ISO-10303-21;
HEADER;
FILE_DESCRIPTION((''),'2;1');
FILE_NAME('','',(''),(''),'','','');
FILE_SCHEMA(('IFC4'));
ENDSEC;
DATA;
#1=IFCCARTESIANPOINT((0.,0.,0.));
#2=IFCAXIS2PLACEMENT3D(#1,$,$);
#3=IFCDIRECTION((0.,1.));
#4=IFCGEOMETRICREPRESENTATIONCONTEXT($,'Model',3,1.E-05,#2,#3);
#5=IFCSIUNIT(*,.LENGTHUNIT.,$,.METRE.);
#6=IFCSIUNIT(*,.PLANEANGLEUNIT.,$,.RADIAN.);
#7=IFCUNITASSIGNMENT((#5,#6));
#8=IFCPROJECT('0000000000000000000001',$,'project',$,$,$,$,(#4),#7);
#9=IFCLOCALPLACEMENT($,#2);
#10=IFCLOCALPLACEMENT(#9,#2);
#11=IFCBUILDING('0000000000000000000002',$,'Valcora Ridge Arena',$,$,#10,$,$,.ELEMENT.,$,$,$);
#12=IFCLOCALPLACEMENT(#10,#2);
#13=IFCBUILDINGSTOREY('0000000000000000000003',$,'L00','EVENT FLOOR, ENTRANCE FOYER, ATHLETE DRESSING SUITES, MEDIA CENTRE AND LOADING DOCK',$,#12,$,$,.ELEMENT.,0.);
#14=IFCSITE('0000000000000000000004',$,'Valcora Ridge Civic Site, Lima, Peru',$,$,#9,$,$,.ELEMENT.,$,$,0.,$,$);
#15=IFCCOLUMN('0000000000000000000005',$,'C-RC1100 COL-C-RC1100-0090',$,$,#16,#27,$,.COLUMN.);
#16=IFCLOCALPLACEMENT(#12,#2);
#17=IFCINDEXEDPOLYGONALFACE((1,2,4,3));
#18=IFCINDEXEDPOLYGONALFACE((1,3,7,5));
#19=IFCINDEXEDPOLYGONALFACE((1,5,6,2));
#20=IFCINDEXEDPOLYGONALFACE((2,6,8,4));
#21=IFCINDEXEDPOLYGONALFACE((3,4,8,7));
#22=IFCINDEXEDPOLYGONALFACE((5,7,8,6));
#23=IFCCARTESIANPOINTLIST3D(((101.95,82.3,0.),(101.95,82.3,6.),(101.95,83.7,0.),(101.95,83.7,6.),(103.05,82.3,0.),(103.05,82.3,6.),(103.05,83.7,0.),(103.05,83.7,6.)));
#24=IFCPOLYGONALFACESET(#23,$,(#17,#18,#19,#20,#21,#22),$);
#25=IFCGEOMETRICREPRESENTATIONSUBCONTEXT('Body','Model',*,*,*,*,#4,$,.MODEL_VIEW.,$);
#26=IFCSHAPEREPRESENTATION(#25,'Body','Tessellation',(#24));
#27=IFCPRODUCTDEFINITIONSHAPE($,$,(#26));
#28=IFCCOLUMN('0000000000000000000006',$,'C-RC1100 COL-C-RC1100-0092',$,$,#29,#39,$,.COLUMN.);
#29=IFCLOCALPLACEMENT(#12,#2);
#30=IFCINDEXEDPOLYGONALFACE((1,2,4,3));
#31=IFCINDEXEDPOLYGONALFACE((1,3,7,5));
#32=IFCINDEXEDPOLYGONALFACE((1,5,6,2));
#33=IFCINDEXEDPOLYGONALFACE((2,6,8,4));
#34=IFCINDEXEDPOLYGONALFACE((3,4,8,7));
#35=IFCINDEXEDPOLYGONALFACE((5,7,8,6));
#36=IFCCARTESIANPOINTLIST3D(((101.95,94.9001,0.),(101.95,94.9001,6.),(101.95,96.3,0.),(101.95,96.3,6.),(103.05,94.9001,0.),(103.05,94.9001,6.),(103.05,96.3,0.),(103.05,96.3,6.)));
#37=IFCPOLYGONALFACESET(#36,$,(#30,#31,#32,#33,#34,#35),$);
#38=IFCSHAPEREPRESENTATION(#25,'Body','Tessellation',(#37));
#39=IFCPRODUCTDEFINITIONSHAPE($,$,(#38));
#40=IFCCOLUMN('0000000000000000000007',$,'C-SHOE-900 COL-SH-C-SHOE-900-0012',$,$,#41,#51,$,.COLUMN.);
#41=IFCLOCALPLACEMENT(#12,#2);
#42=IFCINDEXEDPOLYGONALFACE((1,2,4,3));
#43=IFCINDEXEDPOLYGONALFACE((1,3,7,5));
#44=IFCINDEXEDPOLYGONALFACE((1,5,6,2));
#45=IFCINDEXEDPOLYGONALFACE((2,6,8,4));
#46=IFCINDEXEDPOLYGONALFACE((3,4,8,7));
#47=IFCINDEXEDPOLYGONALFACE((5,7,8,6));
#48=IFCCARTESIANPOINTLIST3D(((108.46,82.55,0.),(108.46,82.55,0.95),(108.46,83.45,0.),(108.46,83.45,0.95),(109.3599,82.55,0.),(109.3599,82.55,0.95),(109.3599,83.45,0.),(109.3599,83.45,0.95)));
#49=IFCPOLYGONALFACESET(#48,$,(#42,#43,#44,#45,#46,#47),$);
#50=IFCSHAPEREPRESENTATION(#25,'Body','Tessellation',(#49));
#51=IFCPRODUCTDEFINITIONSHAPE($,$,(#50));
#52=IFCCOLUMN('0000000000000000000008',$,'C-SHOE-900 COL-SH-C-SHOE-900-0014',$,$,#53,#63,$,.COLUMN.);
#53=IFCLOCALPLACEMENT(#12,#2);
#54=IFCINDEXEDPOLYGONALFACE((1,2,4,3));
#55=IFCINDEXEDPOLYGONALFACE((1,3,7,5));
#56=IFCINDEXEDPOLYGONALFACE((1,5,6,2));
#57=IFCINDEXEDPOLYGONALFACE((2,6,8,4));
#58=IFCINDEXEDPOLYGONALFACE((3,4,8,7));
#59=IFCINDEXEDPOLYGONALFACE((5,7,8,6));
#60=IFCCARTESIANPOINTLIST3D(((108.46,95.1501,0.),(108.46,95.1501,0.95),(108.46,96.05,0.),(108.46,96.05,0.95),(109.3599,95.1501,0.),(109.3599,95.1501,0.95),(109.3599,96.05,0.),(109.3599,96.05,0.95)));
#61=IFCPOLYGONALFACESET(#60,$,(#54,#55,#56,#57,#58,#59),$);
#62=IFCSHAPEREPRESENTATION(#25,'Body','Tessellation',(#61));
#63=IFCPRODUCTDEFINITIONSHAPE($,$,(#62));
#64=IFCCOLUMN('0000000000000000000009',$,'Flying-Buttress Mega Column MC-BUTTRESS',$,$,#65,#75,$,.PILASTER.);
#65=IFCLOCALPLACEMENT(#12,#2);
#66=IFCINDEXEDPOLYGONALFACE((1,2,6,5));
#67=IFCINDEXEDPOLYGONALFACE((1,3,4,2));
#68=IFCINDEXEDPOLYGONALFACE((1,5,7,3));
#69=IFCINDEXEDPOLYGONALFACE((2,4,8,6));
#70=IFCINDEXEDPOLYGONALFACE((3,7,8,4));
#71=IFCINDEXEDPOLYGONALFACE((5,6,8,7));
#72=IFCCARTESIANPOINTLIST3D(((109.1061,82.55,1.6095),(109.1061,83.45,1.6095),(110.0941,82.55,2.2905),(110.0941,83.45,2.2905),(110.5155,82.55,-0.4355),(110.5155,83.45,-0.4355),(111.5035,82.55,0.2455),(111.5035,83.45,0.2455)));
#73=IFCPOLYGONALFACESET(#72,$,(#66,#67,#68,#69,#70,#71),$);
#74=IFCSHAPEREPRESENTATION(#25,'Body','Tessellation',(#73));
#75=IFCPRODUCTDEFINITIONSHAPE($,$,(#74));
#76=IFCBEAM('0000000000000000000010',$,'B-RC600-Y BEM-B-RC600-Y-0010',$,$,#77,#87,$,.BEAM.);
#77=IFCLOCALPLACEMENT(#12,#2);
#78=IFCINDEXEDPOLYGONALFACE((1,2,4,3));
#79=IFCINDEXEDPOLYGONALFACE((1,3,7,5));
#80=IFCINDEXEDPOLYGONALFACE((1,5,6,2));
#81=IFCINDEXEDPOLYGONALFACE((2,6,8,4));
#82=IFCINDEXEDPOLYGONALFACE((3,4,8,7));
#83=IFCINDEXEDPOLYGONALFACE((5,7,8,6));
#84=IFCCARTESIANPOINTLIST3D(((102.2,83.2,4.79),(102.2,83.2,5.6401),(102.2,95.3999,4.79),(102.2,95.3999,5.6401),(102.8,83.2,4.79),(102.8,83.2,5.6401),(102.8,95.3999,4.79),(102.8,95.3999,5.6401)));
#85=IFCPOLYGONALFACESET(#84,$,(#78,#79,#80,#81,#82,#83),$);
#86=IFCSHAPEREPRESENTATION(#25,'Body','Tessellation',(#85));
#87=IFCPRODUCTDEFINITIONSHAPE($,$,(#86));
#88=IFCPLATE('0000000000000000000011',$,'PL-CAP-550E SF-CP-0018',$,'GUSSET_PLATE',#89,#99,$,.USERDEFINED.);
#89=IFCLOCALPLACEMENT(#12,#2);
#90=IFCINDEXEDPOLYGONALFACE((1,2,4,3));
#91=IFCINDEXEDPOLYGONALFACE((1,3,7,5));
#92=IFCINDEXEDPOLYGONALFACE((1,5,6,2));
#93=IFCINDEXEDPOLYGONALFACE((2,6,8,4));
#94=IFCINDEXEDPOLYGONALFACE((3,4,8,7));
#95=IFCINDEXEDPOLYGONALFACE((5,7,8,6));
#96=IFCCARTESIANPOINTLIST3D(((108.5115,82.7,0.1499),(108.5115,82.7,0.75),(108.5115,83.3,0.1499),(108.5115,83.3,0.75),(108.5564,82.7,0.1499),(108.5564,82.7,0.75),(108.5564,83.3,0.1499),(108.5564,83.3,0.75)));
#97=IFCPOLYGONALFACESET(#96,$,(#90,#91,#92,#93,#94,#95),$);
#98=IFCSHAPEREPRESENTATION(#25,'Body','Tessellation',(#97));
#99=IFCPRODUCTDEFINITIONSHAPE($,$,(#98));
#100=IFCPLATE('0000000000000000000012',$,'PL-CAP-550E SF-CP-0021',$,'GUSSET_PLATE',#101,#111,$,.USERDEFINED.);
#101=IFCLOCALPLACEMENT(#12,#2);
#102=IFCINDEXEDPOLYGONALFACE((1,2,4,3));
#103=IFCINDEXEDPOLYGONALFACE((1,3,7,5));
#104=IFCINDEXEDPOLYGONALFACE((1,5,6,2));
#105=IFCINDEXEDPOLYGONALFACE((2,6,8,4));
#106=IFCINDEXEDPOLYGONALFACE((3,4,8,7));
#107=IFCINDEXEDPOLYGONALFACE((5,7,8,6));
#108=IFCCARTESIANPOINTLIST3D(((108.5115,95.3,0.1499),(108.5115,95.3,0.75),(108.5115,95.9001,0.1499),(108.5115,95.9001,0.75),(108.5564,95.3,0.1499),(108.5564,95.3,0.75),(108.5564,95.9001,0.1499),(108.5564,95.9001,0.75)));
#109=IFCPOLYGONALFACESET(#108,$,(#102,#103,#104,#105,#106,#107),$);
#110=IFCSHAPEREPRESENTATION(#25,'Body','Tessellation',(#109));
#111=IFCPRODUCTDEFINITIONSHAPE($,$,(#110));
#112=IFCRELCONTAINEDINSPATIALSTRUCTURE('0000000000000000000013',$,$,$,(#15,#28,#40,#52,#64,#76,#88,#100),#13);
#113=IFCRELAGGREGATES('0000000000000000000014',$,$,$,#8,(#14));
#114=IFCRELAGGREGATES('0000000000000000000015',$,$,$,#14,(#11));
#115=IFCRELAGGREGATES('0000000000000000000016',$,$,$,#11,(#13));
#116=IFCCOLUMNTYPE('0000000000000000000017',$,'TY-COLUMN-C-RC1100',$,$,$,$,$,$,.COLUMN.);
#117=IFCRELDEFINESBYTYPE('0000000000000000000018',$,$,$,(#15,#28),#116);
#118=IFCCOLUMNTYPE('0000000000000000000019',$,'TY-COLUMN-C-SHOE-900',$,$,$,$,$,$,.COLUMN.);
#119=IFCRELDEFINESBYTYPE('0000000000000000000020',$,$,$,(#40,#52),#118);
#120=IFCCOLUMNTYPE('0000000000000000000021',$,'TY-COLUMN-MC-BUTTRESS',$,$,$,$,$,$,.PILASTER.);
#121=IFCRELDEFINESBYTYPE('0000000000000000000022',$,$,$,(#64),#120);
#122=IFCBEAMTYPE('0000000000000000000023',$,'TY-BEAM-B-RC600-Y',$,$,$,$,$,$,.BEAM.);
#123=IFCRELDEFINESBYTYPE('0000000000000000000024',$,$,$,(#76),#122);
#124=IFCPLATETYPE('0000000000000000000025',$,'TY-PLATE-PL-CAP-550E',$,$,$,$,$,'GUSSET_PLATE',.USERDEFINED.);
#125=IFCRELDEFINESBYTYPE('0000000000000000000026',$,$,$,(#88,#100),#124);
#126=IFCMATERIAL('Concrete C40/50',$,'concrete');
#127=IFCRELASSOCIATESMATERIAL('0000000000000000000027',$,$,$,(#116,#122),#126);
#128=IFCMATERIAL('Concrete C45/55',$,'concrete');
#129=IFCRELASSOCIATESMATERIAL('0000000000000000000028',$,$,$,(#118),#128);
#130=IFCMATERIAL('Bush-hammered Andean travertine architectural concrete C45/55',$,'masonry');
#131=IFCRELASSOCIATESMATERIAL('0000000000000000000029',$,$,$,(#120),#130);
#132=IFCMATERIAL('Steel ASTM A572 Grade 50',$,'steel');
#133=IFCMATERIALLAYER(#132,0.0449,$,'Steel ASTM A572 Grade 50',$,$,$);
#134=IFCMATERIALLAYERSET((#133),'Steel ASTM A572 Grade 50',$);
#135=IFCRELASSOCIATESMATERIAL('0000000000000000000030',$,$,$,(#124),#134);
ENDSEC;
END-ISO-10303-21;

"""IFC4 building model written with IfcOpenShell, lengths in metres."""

from ifc_helpers import new_model, si_unit, direction, frame, origin, origin_2d, place, context, subcontext, project, spatial, rectangle, extrude, material, layer, layer_set, material_profile, profile_set, type_object, element, save


model = new_model("IFC4")

# Units and contexts
model_context = context("Model", 3, precision=1e-05, world=origin(), true_north=direction((0.0, 1.0)))
body_context = subcontext(model_context, "Body", "Model", "MODEL_VIEW")
ifc_project = project(units=[si_unit("LENGTHUNIT", "METRE"), si_unit("PLANEANGLEUNIT", "RADIAN")], contexts=[model_context])

# Site, building, storey
site_placement = place(None, origin())
site = spatial("IfcSite", under=ifc_project, at=site_placement, Name="Valcora Ridge Civic Site, Lima, Peru", CompositionType="ELEMENT", RefElevation=0.0)
building_placement = place(site_placement, origin())
building = spatial("IfcBuilding", under=site, at=building_placement, Name="Valcora Ridge Arena", CompositionType="ELEMENT")
storey_placement = place(building_placement, origin())
storey = spatial("IfcBuildingStorey", under=building, at=storey_placement, Name="L00", Description="EVENT FLOOR, ENTRANCE FOYER, ATHLETE DRESSING SUITES, MEDIA CENTRE AND LOADING DOCK", CompositionType="ELEMENT", Elevation=0.0)

# Columns
ifc_material_1 = material(Name="Concrete C40/50", Category="concrete")
ifc_material_profile_1 = material_profile(ifc_material_1, rectangle(XDim=1.1001, YDim=1.3999, at=origin_2d()), Name="RC 1100x1400")
ifc_profile_set_1 = profile_set([ifc_material_profile_1], Name="Concrete C40/50")
column_type_1 = type_object("IfcColumnType", Name="TY-COLUMN-C-RC1100", PredefinedType="COLUMN", material=ifc_profile_set_1)
for number, where, z_axis, x_axis, name in (
    (1, (102.5, 83.0, 0.0), (0.0, 0.0, 1.0), (1.0, 0.0, 0.0), "C-RC1100 COL-C-RC1100-0090"),
    (2, (102.5, 95.6001, 0.0), (0.0, 0.0, 1.0), (1.0, 0.0, 0.0), "C-RC1100 COL-C-RC1100-0092"),
):
    element("IfcColumn", number, at=place(storey_placement, frame(where, z_axis=z_axis, x_axis=x_axis)), inside=storey, type_object=column_type_1, Name=name, PredefinedType="COLUMN", context=body_context, shape_type="SweptSolid", body=[
        extrude(rectangle(XDim=1.1001, YDim=1.3999, at=origin_2d()), origin(), (0.0, 0.0, 1.0), 6.0),
    ])
ifc_material_2 = material(Name="Concrete C45/55", Category="concrete")
ifc_material_profile_2 = material_profile(ifc_material_2, rectangle(XDim=0.8999, YDim=0.8999, at=origin_2d()), Name="RC 900x900")
ifc_profile_set_2 = profile_set([ifc_material_profile_2], Name="Concrete C45/55")
column_type_2 = type_object("IfcColumnType", Name="TY-COLUMN-C-SHOE-900", PredefinedType="COLUMN", material=ifc_profile_set_2)
for number, where, z_axis, x_axis, name in (
    (3, (108.9099, 83.0, 0.0), (0.0, 0.0, 1.0), (1.0, 0.0, 0.0), "C-SHOE-900 COL-SH-C-SHOE-900-0012"),
    (4, (108.9099, 95.6001, 0.0), (0.0, 0.0, 1.0), (1.0, 0.0, 0.0), "C-SHOE-900 COL-SH-C-SHOE-900-0014"),
):
    element("IfcColumn", number, at=place(storey_placement, frame(where, z_axis=z_axis, x_axis=x_axis)), inside=storey, type_object=column_type_2, Name=name, PredefinedType="COLUMN", context=body_context, shape_type="SweptSolid", body=[
        extrude(rectangle(XDim=0.8999, YDim=0.8999, at=origin_2d()), origin(), (0.0, 0.0, 1.0), 0.95),
    ])
ifc_material_3 = material(Name="Bush-hammered Andean travertine architectural concrete C45/55", Category="masonry")
ifc_material_profile_3 = material_profile(ifc_material_3, rectangle(XDim=0.8999, YDim=1.2, at=origin_2d()), Name="RC 900x1200")
ifc_profile_set_3 = profile_set([ifc_material_profile_3], Name="Bush-hammered Andean travertine architectural concrete C45/55")
column_type_3 = type_object("IfcColumnType", Name="TY-COLUMN-MC-BUTTRESS", PredefinedType="PILASTER", material=ifc_profile_set_3)
column_placement = place(storey_placement, frame((111.0095, 83.0, -0.095), z_axis=(-0.567496, 0.0, 0.823376), x_axis=(0.0, -1.0, 0.0)))
element("IfcColumn", 5, at=column_placement, inside=storey, type_object=column_type_3, Name="Flying-Buttress Mega Column MC-BUTTRESS", PredefinedType="PILASTER", context=body_context, shape_type="SweptSolid", body=[
    extrude(rectangle(XDim=0.8999, YDim=1.2, at=origin_2d()), origin(), (0.0, 0.0, 1.0), 2.4836),
])

# Beam
ifc_material_profile_4 = material_profile(ifc_material_1, rectangle(XDim=0.6001, YDim=0.8501, at=origin_2d()), Name="RC 600x850")
ifc_profile_set_4 = profile_set([ifc_material_profile_4], Name="Concrete C40/50")
beam_type = type_object("IfcBeamType", Name="TY-BEAM-B-RC600-Y", PredefinedType="BEAM", material=ifc_profile_set_4)
beam_placement = place(storey_placement, frame((102.5, 83.2, 5.2151), z_axis=(0.0, 1.0, 0.0), x_axis=(-1.0, 0.0, 0.0)))
element("IfcBeam", 6, at=beam_placement, inside=storey, type_object=beam_type, Name="B-RC600-Y BEM-B-RC600-Y-0010", PredefinedType="BEAM", context=body_context, shape_type="SweptSolid", body=[
    extrude(rectangle(XDim=0.6001, YDim=0.8501, at=origin_2d()), origin(), (0.0, 0.0, 1.0), 12.2),
])

# Plates
ifc_material_4 = material(Name="Steel ASTM A572 Grade 50", Category="steel")
ifc_layer_1 = layer(ifc_material_4, 0.0449, Name="Steel ASTM A572 Grade 50")
ifc_layer_set_1 = layer_set([ifc_layer_1], Name="Steel ASTM A572 Grade 50")
plate_type = type_object("IfcPlateType", Name="TY-PLATE-PL-CAP-550E", ElementType="GUSSET_PLATE", PredefinedType="USERDEFINED", material=ifc_layer_set_1)
for number, where, z_axis, x_axis, name in (
    (7, (108.5339, 83.0, 0.1499), (0.0, 0.0, 1.0), (1.0, 0.0, 0.0), "PL-CAP-550E SF-CP-0018"),
    (8, (108.5339, 95.6001, 0.1499), (0.0, 0.0, 1.0), (1.0, 0.0, 0.0), "PL-CAP-550E SF-CP-0021"),
):
    element("IfcPlate", number, at=place(storey_placement, frame(where, z_axis=z_axis, x_axis=x_axis)), inside=storey, type_object=plate_type, Name=name, ObjectType="GUSSET_PLATE", PredefinedType="USERDEFINED", context=body_context, shape_type="SweptSolid", body=[
        extrude(rectangle(XDim=0.0449, YDim=0.6001, at=origin_2d()), origin(), (0.0, 0.0, 1.0), 0.6001),
    ])

save(model, "model.ifc")
